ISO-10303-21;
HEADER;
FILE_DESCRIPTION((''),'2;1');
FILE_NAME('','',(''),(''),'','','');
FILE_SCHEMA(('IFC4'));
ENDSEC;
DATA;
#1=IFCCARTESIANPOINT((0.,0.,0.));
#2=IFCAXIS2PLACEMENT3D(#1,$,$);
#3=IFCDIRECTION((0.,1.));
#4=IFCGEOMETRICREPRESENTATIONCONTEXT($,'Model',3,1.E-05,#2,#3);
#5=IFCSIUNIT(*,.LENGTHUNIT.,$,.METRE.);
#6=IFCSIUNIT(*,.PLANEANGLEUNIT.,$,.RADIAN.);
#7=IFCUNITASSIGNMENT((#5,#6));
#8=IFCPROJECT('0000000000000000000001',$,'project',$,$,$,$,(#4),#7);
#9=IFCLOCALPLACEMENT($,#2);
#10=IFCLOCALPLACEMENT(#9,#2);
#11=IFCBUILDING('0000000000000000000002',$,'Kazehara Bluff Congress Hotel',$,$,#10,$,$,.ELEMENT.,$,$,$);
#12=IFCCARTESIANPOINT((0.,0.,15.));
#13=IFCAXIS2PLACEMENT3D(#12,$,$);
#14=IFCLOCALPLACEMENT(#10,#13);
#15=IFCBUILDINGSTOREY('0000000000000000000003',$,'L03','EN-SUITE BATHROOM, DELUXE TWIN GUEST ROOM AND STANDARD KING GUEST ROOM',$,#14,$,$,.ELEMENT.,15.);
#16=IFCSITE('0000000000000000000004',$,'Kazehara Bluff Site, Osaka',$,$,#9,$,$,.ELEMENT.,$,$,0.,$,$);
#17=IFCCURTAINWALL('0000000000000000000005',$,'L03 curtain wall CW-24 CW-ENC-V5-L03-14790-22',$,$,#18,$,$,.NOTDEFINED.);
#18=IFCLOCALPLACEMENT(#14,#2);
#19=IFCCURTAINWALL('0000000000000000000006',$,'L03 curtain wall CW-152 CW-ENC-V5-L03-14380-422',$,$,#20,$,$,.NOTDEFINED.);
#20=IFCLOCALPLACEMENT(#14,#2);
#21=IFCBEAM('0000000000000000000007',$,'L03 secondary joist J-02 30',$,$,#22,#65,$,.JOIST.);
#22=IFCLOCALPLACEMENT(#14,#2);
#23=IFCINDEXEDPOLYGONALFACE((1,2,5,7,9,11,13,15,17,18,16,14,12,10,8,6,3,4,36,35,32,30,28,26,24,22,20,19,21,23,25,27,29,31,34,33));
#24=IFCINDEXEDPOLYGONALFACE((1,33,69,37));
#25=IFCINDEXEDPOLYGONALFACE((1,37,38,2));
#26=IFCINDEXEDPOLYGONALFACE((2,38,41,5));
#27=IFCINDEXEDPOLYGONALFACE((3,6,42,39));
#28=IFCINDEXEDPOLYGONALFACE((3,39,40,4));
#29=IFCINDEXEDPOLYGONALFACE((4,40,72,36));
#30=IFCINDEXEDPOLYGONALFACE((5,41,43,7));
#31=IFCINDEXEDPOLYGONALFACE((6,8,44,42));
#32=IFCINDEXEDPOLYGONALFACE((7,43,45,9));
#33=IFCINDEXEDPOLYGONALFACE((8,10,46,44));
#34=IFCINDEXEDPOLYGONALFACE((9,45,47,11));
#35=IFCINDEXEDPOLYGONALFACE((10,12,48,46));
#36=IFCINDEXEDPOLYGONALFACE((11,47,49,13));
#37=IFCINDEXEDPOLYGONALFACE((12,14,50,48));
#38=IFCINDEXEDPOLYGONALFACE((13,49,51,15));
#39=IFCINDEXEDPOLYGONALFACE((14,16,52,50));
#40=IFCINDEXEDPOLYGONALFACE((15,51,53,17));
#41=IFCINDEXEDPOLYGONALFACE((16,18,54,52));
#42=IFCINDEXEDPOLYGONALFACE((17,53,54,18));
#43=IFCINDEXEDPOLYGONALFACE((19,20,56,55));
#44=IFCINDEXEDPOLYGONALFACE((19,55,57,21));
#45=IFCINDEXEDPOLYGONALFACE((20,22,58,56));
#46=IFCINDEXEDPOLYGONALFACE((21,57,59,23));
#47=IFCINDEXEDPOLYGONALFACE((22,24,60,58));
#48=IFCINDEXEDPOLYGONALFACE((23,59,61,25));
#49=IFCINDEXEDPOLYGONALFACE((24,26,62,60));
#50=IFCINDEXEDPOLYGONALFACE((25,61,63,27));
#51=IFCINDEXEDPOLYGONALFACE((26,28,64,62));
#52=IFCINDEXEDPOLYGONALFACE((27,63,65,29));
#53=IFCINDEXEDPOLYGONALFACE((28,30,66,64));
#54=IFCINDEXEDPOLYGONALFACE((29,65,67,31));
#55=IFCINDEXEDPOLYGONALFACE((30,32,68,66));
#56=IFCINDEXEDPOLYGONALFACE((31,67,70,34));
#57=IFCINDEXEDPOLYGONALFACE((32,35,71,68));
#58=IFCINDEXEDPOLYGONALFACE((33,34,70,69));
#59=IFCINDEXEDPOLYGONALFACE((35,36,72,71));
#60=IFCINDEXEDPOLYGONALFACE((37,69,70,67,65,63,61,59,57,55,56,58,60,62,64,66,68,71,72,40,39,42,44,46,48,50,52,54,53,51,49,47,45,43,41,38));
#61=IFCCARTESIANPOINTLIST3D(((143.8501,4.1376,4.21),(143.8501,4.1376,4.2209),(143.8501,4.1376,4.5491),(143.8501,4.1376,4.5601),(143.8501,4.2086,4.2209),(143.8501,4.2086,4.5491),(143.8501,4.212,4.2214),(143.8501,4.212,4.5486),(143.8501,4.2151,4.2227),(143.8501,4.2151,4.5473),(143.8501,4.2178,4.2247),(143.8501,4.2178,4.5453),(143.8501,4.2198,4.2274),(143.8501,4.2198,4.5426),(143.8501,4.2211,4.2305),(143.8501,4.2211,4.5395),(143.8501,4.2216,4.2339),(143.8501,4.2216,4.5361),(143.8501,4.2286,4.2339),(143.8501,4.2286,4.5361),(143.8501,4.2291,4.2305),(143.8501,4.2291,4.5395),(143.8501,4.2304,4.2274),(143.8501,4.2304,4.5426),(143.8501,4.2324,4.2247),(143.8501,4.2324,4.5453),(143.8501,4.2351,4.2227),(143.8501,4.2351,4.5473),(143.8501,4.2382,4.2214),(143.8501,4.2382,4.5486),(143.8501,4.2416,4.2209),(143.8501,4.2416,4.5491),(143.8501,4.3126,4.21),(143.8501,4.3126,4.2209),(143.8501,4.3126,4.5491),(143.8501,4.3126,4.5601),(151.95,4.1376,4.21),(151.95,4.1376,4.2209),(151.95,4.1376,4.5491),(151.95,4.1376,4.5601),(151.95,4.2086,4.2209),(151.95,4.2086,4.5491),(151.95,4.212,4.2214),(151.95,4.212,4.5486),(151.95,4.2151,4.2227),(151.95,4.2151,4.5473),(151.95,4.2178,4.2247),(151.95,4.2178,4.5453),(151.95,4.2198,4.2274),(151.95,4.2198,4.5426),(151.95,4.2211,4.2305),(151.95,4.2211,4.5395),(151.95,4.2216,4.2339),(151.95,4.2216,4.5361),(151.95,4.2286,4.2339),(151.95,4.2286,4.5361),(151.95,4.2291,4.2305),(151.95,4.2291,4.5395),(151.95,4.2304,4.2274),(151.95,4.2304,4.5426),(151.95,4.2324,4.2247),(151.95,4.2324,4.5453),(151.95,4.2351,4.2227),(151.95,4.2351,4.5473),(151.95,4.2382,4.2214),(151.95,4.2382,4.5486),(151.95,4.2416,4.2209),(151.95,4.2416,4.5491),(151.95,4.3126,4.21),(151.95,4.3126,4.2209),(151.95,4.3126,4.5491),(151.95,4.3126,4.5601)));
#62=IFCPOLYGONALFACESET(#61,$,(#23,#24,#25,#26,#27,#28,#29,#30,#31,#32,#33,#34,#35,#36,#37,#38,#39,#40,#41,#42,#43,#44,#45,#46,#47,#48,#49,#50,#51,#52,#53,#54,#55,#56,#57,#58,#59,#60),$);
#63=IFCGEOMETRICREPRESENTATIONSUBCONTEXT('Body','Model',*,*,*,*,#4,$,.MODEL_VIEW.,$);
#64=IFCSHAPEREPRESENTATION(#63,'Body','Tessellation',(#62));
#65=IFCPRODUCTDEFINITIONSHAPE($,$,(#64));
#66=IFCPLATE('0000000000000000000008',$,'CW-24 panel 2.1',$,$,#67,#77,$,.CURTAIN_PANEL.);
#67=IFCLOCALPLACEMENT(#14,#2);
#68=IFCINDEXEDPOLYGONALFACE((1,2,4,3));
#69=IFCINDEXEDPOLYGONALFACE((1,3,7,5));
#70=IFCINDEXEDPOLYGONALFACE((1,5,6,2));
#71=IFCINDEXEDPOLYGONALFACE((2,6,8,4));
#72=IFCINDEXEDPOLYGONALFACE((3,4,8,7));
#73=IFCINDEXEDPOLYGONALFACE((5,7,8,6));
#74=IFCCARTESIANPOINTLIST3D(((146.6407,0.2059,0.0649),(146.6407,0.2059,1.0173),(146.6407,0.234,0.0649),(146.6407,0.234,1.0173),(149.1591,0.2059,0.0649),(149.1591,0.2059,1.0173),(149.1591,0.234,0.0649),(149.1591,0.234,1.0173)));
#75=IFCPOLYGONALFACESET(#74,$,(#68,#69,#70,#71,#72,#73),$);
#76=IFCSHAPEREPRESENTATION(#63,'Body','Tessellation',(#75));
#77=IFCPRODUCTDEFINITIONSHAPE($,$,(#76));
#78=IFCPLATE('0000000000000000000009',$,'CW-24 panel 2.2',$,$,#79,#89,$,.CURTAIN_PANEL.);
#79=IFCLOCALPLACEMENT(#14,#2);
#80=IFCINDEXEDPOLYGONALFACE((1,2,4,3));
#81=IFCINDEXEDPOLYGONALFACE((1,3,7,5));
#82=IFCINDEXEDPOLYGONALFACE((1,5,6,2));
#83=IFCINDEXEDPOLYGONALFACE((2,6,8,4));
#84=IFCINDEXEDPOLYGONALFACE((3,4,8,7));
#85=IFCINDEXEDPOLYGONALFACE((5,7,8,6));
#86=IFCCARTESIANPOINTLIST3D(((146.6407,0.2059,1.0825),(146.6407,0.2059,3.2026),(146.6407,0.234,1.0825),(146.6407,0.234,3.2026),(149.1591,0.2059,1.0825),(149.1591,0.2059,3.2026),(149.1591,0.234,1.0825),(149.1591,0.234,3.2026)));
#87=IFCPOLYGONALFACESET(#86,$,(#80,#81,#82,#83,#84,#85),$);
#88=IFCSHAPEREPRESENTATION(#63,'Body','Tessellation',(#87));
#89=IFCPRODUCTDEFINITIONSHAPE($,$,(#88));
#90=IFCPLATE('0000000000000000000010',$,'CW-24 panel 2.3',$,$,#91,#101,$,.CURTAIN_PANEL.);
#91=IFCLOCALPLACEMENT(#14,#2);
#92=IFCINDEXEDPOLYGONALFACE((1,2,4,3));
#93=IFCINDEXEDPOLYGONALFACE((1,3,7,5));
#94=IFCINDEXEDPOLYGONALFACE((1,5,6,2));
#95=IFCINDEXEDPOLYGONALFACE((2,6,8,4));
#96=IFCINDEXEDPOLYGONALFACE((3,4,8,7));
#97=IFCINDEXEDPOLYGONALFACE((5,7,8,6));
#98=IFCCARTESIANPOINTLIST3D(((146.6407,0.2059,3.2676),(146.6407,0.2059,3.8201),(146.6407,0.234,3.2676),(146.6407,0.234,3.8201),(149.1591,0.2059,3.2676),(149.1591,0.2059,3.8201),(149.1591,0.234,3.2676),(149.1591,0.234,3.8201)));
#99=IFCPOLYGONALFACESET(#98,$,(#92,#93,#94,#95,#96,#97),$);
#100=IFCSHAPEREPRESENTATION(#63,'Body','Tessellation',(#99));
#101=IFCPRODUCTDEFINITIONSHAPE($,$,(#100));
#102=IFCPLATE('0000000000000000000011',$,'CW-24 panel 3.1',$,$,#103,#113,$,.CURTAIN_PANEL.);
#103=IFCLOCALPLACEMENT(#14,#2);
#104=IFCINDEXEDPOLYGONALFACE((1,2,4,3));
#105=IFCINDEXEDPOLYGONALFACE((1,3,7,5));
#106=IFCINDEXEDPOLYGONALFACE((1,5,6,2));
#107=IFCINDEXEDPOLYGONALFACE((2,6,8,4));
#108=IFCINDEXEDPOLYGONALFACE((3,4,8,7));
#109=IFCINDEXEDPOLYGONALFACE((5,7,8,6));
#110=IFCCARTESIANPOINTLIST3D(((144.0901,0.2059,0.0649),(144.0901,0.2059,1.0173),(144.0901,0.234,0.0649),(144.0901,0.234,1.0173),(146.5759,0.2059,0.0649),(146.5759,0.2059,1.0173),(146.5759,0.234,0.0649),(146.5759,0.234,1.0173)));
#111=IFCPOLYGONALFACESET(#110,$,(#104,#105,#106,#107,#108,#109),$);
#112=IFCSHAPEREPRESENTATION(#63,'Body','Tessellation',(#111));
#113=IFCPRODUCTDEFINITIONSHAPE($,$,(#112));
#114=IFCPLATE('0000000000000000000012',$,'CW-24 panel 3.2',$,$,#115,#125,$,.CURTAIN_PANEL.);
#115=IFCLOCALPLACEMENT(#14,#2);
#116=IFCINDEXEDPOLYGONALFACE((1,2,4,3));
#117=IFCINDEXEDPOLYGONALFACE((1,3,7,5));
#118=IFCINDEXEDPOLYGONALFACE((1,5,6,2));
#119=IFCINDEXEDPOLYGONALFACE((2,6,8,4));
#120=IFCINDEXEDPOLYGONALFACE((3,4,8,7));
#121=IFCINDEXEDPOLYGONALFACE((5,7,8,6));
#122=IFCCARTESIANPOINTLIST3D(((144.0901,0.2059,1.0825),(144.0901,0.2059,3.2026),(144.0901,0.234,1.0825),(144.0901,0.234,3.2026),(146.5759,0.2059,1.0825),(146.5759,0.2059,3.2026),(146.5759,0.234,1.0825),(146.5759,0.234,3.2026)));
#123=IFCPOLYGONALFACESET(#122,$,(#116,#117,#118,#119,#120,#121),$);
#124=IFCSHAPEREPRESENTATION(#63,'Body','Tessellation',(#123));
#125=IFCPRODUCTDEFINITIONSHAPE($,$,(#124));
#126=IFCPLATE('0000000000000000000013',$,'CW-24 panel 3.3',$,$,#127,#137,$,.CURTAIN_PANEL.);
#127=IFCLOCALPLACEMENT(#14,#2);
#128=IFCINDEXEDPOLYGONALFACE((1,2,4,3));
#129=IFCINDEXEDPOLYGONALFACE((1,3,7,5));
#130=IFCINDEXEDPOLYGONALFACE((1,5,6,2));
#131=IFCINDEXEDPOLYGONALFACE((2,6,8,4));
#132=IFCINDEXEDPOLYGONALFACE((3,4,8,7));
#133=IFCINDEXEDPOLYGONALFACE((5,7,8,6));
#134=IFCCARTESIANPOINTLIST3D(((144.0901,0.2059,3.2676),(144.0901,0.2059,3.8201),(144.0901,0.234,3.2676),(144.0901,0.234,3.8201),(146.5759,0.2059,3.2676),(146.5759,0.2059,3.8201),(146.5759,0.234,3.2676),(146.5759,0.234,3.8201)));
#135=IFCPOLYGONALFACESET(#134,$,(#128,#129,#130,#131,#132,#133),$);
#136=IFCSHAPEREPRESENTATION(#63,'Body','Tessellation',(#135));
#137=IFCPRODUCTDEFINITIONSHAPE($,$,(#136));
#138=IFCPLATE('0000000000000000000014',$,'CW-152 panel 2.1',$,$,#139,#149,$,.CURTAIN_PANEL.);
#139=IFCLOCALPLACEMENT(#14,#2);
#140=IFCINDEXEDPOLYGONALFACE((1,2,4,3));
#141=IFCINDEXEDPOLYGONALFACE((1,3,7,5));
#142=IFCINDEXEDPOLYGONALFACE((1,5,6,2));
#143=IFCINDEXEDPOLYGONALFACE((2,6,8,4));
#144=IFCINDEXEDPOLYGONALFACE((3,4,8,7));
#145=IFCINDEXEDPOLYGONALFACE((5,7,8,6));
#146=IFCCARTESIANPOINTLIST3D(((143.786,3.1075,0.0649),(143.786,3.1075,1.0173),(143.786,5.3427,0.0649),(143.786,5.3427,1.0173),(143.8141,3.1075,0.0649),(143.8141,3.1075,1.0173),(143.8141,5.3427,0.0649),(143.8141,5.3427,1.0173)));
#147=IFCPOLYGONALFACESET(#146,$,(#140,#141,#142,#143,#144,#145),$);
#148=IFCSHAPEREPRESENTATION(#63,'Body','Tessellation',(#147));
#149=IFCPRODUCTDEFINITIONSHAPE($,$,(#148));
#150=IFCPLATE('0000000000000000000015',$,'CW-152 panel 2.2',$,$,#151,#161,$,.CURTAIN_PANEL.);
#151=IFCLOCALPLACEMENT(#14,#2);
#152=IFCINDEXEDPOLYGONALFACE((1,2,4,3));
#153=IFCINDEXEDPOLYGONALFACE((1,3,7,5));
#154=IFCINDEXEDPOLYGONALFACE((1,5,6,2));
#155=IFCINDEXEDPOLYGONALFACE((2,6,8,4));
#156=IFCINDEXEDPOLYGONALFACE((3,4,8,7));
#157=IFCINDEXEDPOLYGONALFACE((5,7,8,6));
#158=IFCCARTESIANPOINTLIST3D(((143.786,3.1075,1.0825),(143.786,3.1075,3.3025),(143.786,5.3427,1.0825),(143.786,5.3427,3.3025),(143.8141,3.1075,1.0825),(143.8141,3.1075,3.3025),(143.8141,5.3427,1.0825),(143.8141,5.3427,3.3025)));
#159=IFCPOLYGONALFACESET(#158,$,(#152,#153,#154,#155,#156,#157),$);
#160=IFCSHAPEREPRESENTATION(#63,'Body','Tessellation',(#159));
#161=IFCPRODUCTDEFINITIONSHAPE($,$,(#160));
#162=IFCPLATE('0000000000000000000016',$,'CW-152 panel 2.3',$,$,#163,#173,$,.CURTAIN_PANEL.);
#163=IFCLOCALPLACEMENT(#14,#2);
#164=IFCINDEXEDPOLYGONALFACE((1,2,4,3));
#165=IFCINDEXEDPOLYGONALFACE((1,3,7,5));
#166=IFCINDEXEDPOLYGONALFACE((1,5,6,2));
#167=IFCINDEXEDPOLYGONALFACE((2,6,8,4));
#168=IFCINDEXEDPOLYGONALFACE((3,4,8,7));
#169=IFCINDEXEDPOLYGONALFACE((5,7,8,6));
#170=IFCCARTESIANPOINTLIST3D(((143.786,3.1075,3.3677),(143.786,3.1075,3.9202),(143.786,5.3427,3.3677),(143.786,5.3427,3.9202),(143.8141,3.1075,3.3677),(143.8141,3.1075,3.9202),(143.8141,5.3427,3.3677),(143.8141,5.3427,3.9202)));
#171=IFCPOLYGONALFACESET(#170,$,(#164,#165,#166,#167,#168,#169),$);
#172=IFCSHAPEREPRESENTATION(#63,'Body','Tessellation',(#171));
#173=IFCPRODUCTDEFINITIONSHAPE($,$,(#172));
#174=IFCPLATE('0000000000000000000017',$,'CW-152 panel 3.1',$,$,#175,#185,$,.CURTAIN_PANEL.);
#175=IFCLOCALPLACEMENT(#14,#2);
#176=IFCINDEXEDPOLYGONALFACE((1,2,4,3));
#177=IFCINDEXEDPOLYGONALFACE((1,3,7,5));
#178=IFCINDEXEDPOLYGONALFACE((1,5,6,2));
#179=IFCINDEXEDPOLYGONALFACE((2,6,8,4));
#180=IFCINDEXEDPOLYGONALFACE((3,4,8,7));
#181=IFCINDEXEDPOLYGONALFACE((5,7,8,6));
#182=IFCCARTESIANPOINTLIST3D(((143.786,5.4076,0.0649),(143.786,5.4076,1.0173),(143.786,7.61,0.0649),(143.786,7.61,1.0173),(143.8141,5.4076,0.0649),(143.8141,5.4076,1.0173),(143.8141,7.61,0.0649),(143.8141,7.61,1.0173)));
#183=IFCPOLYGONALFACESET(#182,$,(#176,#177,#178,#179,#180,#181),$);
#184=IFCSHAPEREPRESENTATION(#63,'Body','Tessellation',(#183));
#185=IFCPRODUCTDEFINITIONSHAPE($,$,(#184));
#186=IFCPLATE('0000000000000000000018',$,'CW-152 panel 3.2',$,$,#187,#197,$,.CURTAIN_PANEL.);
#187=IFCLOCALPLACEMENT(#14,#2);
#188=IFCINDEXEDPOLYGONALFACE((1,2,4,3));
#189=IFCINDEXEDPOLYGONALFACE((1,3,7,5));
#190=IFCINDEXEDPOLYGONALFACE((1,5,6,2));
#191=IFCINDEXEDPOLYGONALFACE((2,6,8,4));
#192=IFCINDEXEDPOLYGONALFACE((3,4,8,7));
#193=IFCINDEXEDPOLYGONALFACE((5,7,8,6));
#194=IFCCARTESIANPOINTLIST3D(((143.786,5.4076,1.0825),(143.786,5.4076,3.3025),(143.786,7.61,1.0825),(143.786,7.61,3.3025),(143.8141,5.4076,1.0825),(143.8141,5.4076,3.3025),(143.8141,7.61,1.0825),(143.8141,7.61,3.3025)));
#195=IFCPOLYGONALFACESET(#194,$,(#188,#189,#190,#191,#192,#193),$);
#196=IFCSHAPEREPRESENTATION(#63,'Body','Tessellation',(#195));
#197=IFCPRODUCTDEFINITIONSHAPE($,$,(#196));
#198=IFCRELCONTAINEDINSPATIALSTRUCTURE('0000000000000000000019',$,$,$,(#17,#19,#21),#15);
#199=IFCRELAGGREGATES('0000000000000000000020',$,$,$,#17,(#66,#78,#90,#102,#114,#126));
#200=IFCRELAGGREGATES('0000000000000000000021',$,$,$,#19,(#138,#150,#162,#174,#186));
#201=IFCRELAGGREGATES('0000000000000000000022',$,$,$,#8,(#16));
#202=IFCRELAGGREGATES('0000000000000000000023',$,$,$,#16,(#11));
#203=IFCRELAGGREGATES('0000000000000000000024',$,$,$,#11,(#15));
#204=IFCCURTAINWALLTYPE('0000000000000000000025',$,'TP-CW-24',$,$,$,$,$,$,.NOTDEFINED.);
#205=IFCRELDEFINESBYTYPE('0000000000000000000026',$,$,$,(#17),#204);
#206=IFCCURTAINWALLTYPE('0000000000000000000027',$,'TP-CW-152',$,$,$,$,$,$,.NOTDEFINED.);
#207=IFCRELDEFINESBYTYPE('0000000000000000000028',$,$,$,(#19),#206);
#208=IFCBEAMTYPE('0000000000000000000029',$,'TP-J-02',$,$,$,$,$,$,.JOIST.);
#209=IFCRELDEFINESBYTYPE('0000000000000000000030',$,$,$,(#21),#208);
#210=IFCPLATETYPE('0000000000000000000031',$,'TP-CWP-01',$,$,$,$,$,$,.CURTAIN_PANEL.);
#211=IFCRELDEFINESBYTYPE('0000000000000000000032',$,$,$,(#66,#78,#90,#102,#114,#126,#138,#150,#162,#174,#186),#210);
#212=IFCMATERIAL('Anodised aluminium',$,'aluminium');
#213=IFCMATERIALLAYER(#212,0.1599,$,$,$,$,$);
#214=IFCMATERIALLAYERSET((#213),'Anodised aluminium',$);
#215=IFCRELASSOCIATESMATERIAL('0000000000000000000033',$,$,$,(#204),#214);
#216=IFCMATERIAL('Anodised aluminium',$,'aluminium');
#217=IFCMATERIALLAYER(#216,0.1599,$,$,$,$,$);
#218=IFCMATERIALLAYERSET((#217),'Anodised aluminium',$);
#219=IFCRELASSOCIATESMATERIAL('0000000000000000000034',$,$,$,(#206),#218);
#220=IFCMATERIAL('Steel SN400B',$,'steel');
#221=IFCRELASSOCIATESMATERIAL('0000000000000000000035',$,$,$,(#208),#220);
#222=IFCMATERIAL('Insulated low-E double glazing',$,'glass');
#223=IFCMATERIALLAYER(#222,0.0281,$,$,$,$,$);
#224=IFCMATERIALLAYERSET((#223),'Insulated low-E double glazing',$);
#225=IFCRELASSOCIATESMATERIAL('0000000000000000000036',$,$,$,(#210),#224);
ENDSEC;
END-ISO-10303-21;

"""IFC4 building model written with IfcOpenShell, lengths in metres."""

from ifc_helpers import new_model, si_unit, direction, frame, origin, origin_2d, place, context, subcontext, project, spatial, rectangle, i_section, extrude, material, layer, layer_set, material_profile, profile_set, type_object, element, aggregate, save


model = new_model("IFC4")

# Units and contexts
model_context = context("Model", 3, precision=1e-05, world=origin(), true_north=direction((0.0, 1.0)))
body_context = subcontext(model_context, "Body", "Model", "MODEL_VIEW")
ifc_project = project(units=[si_unit("LENGTHUNIT", "METRE"), si_unit("PLANEANGLEUNIT", "RADIAN")], contexts=[model_context])

# Site, building, storey
site_placement = place(None, origin())
site = spatial("IfcSite", under=ifc_project, at=site_placement, Name="Kazehara Bluff Site, Osaka", CompositionType="ELEMENT", RefElevation=0.0)
building_placement = place(site_placement, origin())
building = spatial("IfcBuilding", under=site, at=building_placement, Name="Kazehara Bluff Congress Hotel", CompositionType="ELEMENT")
storey_placement = place(building_placement, frame((0.0, 0.0, 15.0)))
storey = spatial("IfcBuildingStorey", under=building, at=storey_placement, Name="L03", Description="EN-SUITE BATHROOM, DELUXE TWIN GUEST ROOM AND STANDARD KING GUEST ROOM", CompositionType="ELEMENT", Elevation=15.0)

# Curtain wall
ifc_material_1 = material(Name="Anodised aluminium", Category="aluminium")
ifc_layer_1 = layer(ifc_material_1, 0.1599)
ifc_layer_set_1 = layer_set([ifc_layer_1], Name="Anodised aluminium")
curtain_wall_type_1 = type_object("IfcCurtainWallType", Name="TP-CW-24", PredefinedType="NOTDEFINED", material=ifc_layer_set_1)
curtain_wall_1_placement = place(storey_placement, origin())
curtain_wall_1 = element("IfcCurtainWall", 1, at=curtain_wall_1_placement, inside=storey, type_object=curtain_wall_type_1, Name="L03 curtain wall CW-24 CW-ENC-V5-L03-14790-22", PredefinedType="NOTDEFINED")

# Curtain wall
ifc_material_2 = material(Name="Anodised aluminium", Category="aluminium")
ifc_layer_2 = layer(ifc_material_2, 0.1599)
ifc_layer_set_2 = layer_set([ifc_layer_2], Name="Anodised aluminium")
curtain_wall_type_2 = type_object("IfcCurtainWallType", Name="TP-CW-152", PredefinedType="NOTDEFINED", material=ifc_layer_set_2)
curtain_wall_2_placement = place(storey_placement, origin())
curtain_wall_2 = element("IfcCurtainWall", 2, at=curtain_wall_2_placement, inside=storey, type_object=curtain_wall_type_2, Name="L03 curtain wall CW-152 CW-ENC-V5-L03-14380-422", PredefinedType="NOTDEFINED")

# Beam
ifc_material_3 = material(Name="Steel SN400B", Category="steel")
ifc_material_profile_1 = material_profile(ifc_material_3, i_section(OverallWidth=0.175, OverallDepth=0.3501, WebThickness=0.0071, FlangeThickness=0.011, FilletRadius=0.0129, at=origin_2d()))
ifc_profile_set_1 = profile_set([ifc_material_profile_1], Name="Steel SN400B")
beam_type_1 = type_object("IfcBeamType", Name="TP-J-02", PredefinedType="JOIST", material=ifc_profile_set_1)
beam_1_placement = place(storey_placement, frame((143.8501, 4.2251, 4.385), z_axis=(1.0, 0.0, 0.0), x_axis=(0.0, 1.0, 0.0)))
element("IfcBeam", 3, at=beam_1_placement, inside=storey, type_object=beam_type_1, Name="L03 secondary joist J-02 30", PredefinedType="JOIST", context=body_context, shape_type="SweptSolid", body=[
    extrude(i_section(OverallWidth=0.175, OverallDepth=0.3501, WebThickness=0.0071, FlangeThickness=0.011, FilletRadius=0.0129, at=origin_2d()), origin(), (0.0, 0.0, 1.0), 8.0999),
])

# Plates
ifc_material_4 = material(Name="Insulated low-E double glazing", Category="glass")
ifc_layer_3 = layer(ifc_material_4, 0.0281)
ifc_layer_set_3 = layer_set([ifc_layer_3], Name="Insulated low-E double glazing")
plate_type = type_object("IfcPlateType", Name="TP-CWP-01", PredefinedType="CURTAIN_PANEL", material=ifc_layer_set_3)
plate_1_placement = place(storey_placement, frame((147.8999, 0.22, 0.0649), z_axis=(0.0, 0.0, 1.0), x_axis=(-1.0, 0.0, 0.0)))
plate_1 = element("IfcPlate", 4, at=plate_1_placement, type_object=plate_type, Name="CW-24 panel 2.1", PredefinedType="CURTAIN_PANEL", context=body_context, shape_type="SweptSolid", body=[
    extrude(rectangle(XDim=2.5183, YDim=0.0281, at=origin_2d()), origin(), (0.0, 0.0, 1.0), 0.9524),
])
plate_2_placement = place(storey_placement, frame((147.8999, 0.22, 1.0825), z_axis=(0.0, 0.0, 1.0), x_axis=(-1.0, 0.0, 0.0)))
plate_2 = element("IfcPlate", 5, at=plate_2_placement, type_object=plate_type, Name="CW-24 panel 2.2", PredefinedType="CURTAIN_PANEL", context=body_context, shape_type="SweptSolid", body=[
    extrude(rectangle(XDim=2.5183, YDim=0.0281, at=origin_2d()), origin(), (0.0, 0.0, 1.0), 2.1201),
])
plate_3_placement = place(storey_placement, frame((147.8999, 0.22, 3.2676), z_axis=(0.0, 0.0, 1.0), x_axis=(-1.0, 0.0, 0.0)))
plate_3 = element("IfcPlate", 6, at=plate_3_placement, type_object=plate_type, Name="CW-24 panel 2.3", PredefinedType="CURTAIN_PANEL", context=body_context, shape_type="SweptSolid", body=[
    extrude(rectangle(XDim=2.5183, YDim=0.0281, at=origin_2d()), origin(), (0.0, 0.0, 1.0), 0.5525),
])
plate_4_placement = place(storey_placement, frame((145.333, 0.22, 0.0649), z_axis=(0.0, 0.0, 1.0), x_axis=(-1.0, 0.0, 0.0)))
plate_4 = element("IfcPlate", 7, at=plate_4_placement, type_object=plate_type, Name="CW-24 panel 3.1", PredefinedType="CURTAIN_PANEL", context=body_context, shape_type="SweptSolid", body=[
    extrude(rectangle(XDim=2.4858, YDim=0.0281, at=origin_2d()), origin(), (0.0, 0.0, 1.0), 0.9524),
])
plate_5_placement = place(storey_placement, frame((145.333, 0.22, 1.0825), z_axis=(0.0, 0.0, 1.0), x_axis=(-1.0, 0.0, 0.0)))
plate_5 = element("IfcPlate", 8, at=plate_5_placement, type_object=plate_type, Name="CW-24 panel 3.2", PredefinedType="CURTAIN_PANEL", context=body_context, shape_type="SweptSolid", body=[
    extrude(rectangle(XDim=2.4858, YDim=0.0281, at=origin_2d()), origin(), (0.0, 0.0, 1.0), 2.1201),
])
plate_6_placement = place(storey_placement, frame((145.333, 0.22, 3.2676), z_axis=(0.0, 0.0, 1.0), x_axis=(-1.0, 0.0, 0.0)))
plate_6 = element("IfcPlate", 9, at=plate_6_placement, type_object=plate_type, Name="CW-24 panel 3.3", PredefinedType="CURTAIN_PANEL", context=body_context, shape_type="SweptSolid", body=[
    extrude(rectangle(XDim=2.4858, YDim=0.0281, at=origin_2d()), origin(), (0.0, 0.0, 1.0), 0.5525),
])
aggregate(curtain_wall_1, [plate_1, plate_2, plate_3, plate_4, plate_5, plate_6])
plate_7_placement = place(storey_placement, frame((143.8, 4.2251, 0.0649), z_axis=(0.0, 0.0, 1.0), x_axis=(0.0, 1.0, 0.0)))
plate_7 = element("IfcPlate", 10, at=plate_7_placement, type_object=plate_type, Name="CW-152 panel 2.1", PredefinedType="CURTAIN_PANEL", context=body_context, shape_type="SweptSolid", body=[
    extrude(rectangle(XDim=2.2351, YDim=0.0281, at=origin_2d()), origin(), (0.0, 0.0, 1.0), 0.9524),
])
plate_8_placement = place(storey_placement, frame((143.8, 4.2251, 1.0825), z_axis=(0.0, 0.0, 1.0), x_axis=(0.0, 1.0, 0.0)))
plate_8 = element("IfcPlate", 11, at=plate_8_placement, type_object=plate_type, Name="CW-152 panel 2.2", PredefinedType="CURTAIN_PANEL", context=body_context, shape_type="SweptSolid", body=[
    extrude(rectangle(XDim=2.2351, YDim=0.0281, at=origin_2d()), origin(), (0.0, 0.0, 1.0), 2.22),
])
plate_9_placement = place(storey_placement, frame((143.8, 4.2251, 3.3677), z_axis=(0.0, 0.0, 1.0), x_axis=(0.0, 1.0, 0.0)))
plate_9 = element("IfcPlate", 12, at=plate_9_placement, type_object=plate_type, Name="CW-152 panel 2.3", PredefinedType="CURTAIN_PANEL", context=body_context, shape_type="SweptSolid", body=[
    extrude(rectangle(XDim=2.2351, YDim=0.0281, at=origin_2d()), origin(), (0.0, 0.0, 1.0), 0.5525),
])
plate_10_placement = place(storey_placement, frame((143.8, 6.5088, 0.0649), z_axis=(0.0, 0.0, 1.0), x_axis=(0.0, 1.0, 0.0)))
plate_10 = element("IfcPlate", 13, at=plate_10_placement, type_object=plate_type, Name="CW-152 panel 3.1", PredefinedType="CURTAIN_PANEL", context=body_context, shape_type="SweptSolid", body=[
    extrude(rectangle(XDim=2.2024, YDim=0.0281, at=origin_2d()), origin(), (0.0, 0.0, 1.0), 0.9524),
])
plate_11_placement = place(storey_placement, frame((143.8, 6.5088, 1.0825), z_axis=(0.0, 0.0, 1.0), x_axis=(0.0, 1.0, 0.0)))
plate_11 = element("IfcPlate", 14, at=plate_11_placement, type_object=plate_type, Name="CW-152 panel 3.2", PredefinedType="CURTAIN_PANEL", context=body_context, shape_type="SweptSolid", body=[
    extrude(rectangle(XDim=2.2024, YDim=0.0281, at=origin_2d()), origin(), (0.0, 0.0, 1.0), 2.22),
])
aggregate(curtain_wall_2, [plate_7, plate_8, plate_9, plate_10, plate_11])

save(model, "model.ifc")
